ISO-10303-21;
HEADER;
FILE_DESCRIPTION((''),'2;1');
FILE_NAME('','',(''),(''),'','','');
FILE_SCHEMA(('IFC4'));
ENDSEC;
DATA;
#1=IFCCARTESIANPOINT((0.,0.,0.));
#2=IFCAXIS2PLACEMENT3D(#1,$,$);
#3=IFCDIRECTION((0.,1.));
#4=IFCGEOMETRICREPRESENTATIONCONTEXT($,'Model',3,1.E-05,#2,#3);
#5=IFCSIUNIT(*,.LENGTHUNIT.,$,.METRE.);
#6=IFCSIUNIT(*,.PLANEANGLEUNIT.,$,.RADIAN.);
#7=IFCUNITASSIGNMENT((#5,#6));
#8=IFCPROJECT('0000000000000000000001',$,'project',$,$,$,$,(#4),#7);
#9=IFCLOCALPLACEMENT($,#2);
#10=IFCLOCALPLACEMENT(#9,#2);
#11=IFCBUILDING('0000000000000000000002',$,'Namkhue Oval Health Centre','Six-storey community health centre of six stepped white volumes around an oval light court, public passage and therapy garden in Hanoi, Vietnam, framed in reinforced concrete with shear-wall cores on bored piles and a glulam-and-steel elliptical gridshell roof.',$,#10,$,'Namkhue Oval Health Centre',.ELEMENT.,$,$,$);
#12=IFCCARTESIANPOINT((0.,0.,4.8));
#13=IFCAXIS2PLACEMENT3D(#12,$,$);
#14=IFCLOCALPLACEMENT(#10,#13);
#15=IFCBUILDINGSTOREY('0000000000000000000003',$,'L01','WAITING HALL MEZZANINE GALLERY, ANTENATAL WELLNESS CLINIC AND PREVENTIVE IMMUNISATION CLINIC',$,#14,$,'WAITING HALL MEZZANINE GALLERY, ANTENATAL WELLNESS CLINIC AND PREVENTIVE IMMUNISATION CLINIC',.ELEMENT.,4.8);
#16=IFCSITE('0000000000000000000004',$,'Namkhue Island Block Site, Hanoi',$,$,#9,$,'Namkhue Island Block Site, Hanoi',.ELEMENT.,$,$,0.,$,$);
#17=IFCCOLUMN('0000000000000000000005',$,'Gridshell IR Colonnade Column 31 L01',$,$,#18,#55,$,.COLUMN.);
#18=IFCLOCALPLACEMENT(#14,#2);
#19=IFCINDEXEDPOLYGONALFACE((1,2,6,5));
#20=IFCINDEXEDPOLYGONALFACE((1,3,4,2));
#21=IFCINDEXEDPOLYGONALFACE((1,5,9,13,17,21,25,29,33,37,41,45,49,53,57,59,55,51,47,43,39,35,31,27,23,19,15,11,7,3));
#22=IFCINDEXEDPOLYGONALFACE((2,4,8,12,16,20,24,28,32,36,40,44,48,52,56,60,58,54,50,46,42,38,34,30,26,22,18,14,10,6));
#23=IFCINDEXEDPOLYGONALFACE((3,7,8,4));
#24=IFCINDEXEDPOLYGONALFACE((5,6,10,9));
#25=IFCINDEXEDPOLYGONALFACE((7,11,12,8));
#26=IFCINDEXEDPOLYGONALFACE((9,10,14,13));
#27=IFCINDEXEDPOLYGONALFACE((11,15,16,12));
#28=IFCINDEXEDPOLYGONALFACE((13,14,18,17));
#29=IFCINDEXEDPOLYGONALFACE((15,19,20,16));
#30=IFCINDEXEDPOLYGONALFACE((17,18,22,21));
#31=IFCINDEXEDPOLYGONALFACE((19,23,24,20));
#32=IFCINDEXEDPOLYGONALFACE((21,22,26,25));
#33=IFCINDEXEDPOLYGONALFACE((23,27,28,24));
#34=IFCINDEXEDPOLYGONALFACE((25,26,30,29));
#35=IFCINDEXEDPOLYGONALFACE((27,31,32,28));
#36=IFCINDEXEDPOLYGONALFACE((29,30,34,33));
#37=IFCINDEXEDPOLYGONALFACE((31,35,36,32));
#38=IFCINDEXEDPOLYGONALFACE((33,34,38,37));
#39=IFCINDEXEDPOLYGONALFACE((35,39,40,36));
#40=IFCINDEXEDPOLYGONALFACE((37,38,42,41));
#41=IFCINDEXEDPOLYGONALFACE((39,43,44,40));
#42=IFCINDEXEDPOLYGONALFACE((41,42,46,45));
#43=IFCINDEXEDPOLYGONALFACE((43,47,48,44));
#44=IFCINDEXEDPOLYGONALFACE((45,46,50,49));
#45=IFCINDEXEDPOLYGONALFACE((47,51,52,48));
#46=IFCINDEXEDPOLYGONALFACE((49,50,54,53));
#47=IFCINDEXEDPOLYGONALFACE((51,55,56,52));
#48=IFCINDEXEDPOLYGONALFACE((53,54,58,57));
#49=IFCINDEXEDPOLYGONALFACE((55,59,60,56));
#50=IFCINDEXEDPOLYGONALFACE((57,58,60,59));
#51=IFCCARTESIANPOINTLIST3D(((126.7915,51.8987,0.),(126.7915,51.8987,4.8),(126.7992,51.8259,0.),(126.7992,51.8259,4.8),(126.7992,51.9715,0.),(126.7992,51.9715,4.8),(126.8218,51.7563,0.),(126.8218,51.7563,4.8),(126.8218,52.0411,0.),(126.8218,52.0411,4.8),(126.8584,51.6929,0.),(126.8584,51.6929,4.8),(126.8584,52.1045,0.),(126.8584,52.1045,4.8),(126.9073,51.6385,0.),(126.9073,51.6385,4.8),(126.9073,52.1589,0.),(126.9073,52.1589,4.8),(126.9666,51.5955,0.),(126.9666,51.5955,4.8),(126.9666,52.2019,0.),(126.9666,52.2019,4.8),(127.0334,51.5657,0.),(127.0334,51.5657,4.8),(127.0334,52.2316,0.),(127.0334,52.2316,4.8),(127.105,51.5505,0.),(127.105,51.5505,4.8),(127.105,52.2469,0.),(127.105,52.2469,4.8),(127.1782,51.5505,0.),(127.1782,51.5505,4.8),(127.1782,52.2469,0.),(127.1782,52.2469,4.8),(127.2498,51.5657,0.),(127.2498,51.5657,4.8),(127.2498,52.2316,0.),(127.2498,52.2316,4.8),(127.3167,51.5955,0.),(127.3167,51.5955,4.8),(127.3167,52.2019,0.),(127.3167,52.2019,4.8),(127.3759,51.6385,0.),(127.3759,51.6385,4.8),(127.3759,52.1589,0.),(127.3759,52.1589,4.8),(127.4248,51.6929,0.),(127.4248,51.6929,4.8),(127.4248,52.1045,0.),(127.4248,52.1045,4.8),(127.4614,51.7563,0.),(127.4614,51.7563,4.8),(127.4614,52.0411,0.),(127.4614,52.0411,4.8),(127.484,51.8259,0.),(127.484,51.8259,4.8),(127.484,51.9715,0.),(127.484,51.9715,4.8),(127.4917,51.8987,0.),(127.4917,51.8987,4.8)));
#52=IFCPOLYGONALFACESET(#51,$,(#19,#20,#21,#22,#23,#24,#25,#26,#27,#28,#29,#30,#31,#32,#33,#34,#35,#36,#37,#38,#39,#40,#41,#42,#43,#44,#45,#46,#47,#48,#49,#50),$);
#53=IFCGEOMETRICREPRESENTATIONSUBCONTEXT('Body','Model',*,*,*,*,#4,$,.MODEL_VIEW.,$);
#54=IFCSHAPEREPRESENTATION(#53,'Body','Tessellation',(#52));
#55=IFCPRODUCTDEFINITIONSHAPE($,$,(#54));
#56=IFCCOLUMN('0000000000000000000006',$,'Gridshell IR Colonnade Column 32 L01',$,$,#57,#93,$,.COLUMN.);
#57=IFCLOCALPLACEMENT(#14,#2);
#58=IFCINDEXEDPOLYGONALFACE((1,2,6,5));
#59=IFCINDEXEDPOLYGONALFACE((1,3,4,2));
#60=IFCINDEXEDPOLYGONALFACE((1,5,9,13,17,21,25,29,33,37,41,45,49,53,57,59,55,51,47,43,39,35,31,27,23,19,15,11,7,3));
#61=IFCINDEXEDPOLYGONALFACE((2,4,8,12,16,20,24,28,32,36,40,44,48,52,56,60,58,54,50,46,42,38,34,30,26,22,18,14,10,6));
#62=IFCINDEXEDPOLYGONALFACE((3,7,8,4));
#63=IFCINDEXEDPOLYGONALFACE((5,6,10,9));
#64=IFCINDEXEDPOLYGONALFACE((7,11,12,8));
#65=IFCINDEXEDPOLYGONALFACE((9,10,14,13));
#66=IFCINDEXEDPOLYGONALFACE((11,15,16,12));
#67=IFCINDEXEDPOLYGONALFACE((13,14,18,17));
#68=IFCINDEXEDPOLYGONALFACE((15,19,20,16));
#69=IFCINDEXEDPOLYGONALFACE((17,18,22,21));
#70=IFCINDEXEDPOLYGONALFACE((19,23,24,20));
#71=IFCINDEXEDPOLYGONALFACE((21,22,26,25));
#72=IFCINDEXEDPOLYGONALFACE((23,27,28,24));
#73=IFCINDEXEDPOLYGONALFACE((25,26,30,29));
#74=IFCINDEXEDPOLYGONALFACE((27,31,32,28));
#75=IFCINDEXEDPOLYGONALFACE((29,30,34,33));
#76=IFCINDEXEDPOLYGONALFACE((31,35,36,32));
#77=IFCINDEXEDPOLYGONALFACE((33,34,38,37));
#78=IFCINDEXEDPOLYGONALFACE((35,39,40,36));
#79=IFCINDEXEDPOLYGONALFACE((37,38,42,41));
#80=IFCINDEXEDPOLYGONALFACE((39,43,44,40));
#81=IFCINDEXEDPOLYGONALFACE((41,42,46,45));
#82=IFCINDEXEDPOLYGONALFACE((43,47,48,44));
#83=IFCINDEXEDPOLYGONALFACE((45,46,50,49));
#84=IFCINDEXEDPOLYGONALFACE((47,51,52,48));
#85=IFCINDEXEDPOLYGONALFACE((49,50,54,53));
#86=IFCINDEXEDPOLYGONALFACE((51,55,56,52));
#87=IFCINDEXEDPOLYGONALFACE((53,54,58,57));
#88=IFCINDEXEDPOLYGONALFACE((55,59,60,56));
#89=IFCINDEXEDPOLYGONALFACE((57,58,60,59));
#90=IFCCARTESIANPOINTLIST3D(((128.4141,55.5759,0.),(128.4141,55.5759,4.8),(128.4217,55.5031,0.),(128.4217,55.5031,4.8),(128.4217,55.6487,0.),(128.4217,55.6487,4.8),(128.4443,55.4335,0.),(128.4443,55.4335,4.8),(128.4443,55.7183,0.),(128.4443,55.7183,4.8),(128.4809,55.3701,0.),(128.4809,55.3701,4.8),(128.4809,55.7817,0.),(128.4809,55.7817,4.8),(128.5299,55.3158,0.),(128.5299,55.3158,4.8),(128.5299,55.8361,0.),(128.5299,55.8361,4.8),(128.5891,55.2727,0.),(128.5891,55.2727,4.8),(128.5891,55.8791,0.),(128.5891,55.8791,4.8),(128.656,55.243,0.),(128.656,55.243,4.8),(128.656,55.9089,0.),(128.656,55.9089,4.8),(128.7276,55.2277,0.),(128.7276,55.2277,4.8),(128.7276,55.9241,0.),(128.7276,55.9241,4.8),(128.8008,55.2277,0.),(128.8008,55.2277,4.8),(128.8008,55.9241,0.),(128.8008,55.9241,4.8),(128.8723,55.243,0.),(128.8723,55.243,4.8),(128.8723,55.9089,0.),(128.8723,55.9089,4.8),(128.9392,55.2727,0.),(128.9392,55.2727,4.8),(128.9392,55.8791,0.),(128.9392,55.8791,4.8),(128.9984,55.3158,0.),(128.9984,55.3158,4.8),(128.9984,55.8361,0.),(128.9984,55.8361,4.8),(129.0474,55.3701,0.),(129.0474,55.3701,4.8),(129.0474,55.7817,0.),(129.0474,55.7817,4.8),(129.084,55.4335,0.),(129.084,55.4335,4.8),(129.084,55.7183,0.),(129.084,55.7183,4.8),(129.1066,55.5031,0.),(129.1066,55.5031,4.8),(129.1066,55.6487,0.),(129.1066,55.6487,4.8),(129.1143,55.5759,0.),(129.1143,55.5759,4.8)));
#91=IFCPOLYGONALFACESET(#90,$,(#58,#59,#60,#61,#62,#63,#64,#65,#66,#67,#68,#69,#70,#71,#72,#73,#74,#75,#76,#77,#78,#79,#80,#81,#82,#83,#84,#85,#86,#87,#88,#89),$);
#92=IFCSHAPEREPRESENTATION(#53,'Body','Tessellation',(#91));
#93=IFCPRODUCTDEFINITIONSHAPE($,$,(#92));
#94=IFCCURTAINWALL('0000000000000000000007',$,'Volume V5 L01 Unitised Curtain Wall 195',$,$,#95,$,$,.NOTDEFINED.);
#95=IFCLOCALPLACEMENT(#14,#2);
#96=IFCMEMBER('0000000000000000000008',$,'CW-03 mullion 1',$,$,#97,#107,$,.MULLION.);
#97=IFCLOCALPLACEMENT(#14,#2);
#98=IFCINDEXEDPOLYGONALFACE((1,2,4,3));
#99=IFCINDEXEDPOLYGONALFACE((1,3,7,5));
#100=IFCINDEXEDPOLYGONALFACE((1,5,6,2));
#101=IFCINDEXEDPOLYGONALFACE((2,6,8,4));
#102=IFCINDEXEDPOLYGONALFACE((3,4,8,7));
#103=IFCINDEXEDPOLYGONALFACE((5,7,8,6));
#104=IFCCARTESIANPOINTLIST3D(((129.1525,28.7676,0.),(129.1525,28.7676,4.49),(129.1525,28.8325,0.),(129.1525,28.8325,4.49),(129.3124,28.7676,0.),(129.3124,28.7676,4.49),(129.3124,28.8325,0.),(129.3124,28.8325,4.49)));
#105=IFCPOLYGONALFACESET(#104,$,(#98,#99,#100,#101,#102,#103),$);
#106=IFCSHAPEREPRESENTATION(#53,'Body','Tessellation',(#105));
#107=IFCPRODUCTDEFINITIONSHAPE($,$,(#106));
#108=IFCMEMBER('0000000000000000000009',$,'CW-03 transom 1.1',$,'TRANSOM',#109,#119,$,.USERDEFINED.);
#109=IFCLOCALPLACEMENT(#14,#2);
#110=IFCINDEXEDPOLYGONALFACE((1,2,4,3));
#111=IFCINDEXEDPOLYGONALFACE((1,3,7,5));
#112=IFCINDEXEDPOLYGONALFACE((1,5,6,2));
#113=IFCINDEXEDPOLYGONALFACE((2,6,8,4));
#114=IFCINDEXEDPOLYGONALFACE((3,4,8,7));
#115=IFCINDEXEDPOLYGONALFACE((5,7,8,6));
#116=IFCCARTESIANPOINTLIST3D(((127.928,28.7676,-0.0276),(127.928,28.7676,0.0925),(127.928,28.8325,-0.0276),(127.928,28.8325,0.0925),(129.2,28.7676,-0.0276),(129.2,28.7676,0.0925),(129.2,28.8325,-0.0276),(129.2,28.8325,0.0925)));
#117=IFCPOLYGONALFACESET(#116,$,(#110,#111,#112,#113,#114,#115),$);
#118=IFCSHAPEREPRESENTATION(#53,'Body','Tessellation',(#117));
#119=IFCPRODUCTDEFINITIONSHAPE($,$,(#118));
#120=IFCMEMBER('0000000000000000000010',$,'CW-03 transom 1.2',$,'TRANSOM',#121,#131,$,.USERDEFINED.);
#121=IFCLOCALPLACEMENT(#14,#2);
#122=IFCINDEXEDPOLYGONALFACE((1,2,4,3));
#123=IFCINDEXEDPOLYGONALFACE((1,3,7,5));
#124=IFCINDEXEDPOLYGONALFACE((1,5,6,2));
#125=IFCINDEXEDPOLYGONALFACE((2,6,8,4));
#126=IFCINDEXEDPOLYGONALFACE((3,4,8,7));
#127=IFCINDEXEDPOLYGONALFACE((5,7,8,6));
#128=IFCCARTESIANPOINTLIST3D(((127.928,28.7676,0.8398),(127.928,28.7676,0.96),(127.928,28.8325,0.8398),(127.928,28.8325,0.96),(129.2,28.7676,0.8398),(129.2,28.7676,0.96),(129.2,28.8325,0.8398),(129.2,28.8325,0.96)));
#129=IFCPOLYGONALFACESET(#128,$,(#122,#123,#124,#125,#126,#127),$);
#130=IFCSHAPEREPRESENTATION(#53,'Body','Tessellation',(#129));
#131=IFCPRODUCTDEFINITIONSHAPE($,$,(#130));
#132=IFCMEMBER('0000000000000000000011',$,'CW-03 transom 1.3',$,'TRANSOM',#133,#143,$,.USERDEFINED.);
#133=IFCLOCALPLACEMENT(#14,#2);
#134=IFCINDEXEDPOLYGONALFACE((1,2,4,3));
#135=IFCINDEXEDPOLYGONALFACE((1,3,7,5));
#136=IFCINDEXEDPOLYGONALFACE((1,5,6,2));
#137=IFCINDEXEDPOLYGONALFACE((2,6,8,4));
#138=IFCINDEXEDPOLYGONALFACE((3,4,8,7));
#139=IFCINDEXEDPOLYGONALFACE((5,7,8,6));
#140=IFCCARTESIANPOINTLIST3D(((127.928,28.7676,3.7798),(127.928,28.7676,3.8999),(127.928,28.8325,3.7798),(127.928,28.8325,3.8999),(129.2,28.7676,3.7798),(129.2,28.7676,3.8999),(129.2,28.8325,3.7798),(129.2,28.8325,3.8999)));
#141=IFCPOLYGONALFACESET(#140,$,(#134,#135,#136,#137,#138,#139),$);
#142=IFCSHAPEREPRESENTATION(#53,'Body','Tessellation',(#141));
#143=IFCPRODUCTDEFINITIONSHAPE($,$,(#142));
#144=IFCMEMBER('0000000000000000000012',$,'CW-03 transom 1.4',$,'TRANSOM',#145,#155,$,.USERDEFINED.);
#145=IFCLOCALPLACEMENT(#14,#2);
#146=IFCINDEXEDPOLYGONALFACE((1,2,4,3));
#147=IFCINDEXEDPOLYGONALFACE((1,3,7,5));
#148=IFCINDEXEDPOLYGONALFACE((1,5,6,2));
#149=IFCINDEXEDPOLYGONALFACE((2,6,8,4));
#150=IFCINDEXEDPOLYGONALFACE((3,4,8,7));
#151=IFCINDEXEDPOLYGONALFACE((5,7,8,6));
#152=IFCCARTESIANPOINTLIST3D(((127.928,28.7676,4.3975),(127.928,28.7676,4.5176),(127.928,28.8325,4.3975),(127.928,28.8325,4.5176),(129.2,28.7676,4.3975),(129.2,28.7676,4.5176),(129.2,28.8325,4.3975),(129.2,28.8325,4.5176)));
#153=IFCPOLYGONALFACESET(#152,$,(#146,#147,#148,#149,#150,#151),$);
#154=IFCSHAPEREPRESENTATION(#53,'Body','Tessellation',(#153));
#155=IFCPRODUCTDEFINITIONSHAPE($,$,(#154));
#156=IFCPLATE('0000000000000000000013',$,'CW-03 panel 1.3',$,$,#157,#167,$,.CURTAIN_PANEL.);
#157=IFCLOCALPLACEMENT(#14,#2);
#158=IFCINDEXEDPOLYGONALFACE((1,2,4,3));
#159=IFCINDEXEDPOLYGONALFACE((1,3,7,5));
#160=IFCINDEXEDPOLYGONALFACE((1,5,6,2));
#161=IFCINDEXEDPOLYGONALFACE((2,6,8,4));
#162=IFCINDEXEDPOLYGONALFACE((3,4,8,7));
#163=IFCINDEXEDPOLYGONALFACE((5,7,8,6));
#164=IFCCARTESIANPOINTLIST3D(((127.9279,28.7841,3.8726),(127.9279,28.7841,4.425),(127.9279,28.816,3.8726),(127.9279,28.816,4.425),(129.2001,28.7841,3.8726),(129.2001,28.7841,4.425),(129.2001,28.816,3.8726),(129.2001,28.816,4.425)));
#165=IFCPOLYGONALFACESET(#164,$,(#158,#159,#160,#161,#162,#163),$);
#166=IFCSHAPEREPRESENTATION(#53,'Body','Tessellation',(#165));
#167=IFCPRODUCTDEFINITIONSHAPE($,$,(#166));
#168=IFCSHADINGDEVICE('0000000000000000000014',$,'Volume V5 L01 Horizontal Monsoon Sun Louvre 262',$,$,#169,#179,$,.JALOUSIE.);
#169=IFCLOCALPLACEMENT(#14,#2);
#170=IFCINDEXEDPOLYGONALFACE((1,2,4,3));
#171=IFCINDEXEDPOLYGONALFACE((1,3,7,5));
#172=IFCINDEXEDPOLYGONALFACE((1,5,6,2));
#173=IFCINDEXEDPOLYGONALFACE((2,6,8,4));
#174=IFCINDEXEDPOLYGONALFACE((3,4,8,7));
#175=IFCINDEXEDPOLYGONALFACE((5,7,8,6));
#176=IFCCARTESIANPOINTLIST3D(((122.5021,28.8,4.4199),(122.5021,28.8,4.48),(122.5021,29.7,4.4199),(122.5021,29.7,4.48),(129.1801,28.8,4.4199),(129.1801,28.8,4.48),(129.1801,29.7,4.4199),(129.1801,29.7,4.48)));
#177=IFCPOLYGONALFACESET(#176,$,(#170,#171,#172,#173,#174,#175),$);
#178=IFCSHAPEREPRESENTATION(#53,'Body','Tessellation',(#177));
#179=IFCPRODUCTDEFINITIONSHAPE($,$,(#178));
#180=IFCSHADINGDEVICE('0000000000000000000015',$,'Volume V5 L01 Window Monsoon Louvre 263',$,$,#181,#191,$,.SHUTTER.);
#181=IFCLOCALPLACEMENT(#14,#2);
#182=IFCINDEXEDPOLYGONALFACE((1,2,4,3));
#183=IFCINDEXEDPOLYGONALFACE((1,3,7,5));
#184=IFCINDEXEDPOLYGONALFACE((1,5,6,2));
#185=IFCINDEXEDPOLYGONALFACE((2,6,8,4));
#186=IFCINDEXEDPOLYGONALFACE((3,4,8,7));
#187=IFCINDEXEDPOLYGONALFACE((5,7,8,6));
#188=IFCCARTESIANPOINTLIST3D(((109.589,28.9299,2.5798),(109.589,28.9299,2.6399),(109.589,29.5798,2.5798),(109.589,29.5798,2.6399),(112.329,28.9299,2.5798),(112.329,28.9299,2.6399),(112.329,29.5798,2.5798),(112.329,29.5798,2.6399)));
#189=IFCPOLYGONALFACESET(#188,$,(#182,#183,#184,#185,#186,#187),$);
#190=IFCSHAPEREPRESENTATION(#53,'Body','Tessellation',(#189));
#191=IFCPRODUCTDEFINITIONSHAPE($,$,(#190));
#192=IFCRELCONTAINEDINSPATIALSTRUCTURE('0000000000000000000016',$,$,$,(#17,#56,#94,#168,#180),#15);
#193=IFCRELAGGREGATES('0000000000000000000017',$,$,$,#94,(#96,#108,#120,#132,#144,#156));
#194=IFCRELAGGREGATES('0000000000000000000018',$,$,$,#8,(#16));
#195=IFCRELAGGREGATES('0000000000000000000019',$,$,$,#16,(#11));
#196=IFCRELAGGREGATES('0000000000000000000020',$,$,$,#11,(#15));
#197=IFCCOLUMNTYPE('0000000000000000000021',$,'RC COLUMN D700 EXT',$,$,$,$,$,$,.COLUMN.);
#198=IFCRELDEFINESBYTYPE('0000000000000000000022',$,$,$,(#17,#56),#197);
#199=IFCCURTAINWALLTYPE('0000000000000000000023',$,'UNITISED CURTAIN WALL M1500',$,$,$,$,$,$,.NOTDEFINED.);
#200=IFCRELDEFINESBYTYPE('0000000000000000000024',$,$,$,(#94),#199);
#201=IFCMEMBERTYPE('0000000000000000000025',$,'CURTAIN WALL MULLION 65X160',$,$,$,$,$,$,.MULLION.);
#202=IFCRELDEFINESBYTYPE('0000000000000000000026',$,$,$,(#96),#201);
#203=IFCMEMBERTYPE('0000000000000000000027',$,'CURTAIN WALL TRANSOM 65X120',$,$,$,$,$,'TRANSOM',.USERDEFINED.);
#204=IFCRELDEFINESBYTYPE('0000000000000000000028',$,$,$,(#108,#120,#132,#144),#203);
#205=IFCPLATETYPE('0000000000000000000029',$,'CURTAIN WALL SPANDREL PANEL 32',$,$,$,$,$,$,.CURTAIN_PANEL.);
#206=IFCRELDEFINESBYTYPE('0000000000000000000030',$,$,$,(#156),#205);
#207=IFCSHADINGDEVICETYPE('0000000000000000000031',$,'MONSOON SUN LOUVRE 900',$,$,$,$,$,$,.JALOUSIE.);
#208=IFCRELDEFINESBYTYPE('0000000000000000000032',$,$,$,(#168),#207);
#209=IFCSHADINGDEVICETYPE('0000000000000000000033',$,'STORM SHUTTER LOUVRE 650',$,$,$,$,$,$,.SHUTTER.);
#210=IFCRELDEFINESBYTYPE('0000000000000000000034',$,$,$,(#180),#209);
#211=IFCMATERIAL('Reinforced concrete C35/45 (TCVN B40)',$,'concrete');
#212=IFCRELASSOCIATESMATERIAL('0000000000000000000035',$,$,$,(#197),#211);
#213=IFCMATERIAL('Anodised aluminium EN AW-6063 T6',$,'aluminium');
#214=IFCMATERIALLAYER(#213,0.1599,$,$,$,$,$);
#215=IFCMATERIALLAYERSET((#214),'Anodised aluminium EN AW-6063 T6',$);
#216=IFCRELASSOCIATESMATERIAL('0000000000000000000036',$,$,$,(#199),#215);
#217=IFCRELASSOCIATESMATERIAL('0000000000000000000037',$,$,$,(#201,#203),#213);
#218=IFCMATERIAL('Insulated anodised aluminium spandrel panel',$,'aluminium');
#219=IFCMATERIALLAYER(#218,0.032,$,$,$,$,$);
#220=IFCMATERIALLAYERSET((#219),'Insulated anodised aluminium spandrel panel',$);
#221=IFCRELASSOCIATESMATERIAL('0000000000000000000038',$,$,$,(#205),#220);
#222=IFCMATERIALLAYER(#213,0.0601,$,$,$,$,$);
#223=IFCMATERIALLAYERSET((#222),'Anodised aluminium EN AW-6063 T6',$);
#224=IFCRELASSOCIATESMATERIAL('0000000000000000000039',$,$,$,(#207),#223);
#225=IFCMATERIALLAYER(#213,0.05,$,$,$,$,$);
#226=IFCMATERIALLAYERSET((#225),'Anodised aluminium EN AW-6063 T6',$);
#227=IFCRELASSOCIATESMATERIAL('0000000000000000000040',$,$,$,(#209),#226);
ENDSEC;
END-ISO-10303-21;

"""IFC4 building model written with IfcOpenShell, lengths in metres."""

from ifc_helpers import new_model, si_unit, direction, frame, origin, origin_2d, place, context, subcontext, project, spatial, rectangle, circle, extrude, material, layer, layer_set, material_profile, profile_set, type_object, element, aggregate, save


model = new_model("IFC4")

# Units and contexts
model_context = context("Model", 3, precision=1e-05, world=origin(), true_north=direction((0.0, 1.0)))
body_context = subcontext(model_context, "Body", "Model", "MODEL_VIEW")
ifc_project = project(units=[si_unit("LENGTHUNIT", "METRE"), si_unit("PLANEANGLEUNIT", "RADIAN")], contexts=[model_context])

# Site, building, storey
site_placement = place(None, origin())
site = spatial("IfcSite", under=ifc_project, at=site_placement, Name="Namkhue Island Block Site, Hanoi", LongName="Namkhue Island Block Site, Hanoi", CompositionType="ELEMENT", RefElevation=0.0)
building_placement = place(site_placement, origin())
building = spatial("IfcBuilding", under=site, at=building_placement, Name="Namkhue Oval Health Centre", Description="Six-storey community health centre of six stepped white volumes around an oval light court, public passage and therapy garden in Hanoi, Vietnam, framed in reinforced concrete with shear-wall cores on bored piles and a glulam-and-steel elliptical gridshell roof.", LongName="Namkhue Oval Health Centre", CompositionType="ELEMENT")
storey_placement = place(building_placement, frame((0.0, 0.0, 4.8)))
storey = spatial("IfcBuildingStorey", under=building, at=storey_placement, Name="L01", Description="WAITING HALL MEZZANINE GALLERY, ANTENATAL WELLNESS CLINIC AND PREVENTIVE IMMUNISATION CLINIC", LongName="WAITING HALL MEZZANINE GALLERY, ANTENATAL WELLNESS CLINIC AND PREVENTIVE IMMUNISATION CLINIC", CompositionType="ELEMENT", Elevation=4.8)

# Columns
ifc_material_1 = material(Name="Reinforced concrete C35/45 (TCVN B40)", Category="concrete")
ifc_material_profile_1 = material_profile(ifc_material_1, circle(Radius=0.3501, at=origin_2d()), Name="RC D700")
ifc_profile_set_1 = profile_set([ifc_material_profile_1], Name="Reinforced concrete C35/45 (TCVN B40)")
column_type = type_object("IfcColumnType", Name="RC COLUMN D700 EXT", PredefinedType="COLUMN", material=ifc_profile_set_1)
for number, where, z_axis, x_axis, name in (
    (1, (127.1416, 51.8987, 0.0), (0.0, 0.0, 1.0), (1.0, 0.0, 0.0), "Gridshell IR Colonnade Column 31 L01"),
    (2, (128.7642, 55.5759, 0.0), (0.0, 0.0, 1.0), (1.0, 0.0, 0.0), "Gridshell IR Colonnade Column 32 L01"),
):
    element("IfcColumn", number, at=place(storey_placement, frame(where, z_axis=z_axis, x_axis=x_axis)), inside=storey, type_object=column_type, Name=name, PredefinedType="COLUMN", context=body_context, shape_type="SweptSolid", body=[
        extrude(circle(Radius=0.3501, at=origin_2d()), origin(), (0.0, 0.0, 1.0), 4.8),
    ])

# Curtain wall, members, plate
ifc_material_2 = material(Name="Anodised aluminium EN AW-6063 T6", Category="aluminium")
ifc_layer_1 = layer(ifc_material_2, 0.1599)
ifc_layer_set_1 = layer_set([ifc_layer_1], Name="Anodised aluminium EN AW-6063 T6")
curtain_wall_type = type_object("IfcCurtainWallType", Name="UNITISED CURTAIN WALL M1500", PredefinedType="NOTDEFINED", material=ifc_layer_set_1)
curtain_wall_placement = place(storey_placement, origin())
curtain_wall = element("IfcCurtainWall", 3, at=curtain_wall_placement, inside=storey, type_object=curtain_wall_type, Name="Volume V5 L01 Unitised Curtain Wall 195", PredefinedType="NOTDEFINED")
ifc_material_profile_2 = material_profile(ifc_material_2, rectangle(XDim=0.0649, YDim=0.1599, at=origin_2d()), Name="ALU 65x160")
ifc_profile_set_2 = profile_set([ifc_material_profile_2], Name="Anodised aluminium EN AW-6063 T6")
member_type_1 = type_object("IfcMemberType", Name="CURTAIN WALL MULLION 65X160", PredefinedType="MULLION", material=ifc_profile_set_2)
member_1_placement = place(storey_placement, frame((129.2324, 28.8, 0.0), z_axis=(0.0, 0.0, 1.0), x_axis=(0.0, -1.0, 0.0)))
member_1 = element("IfcMember", 4, at=member_1_placement, type_object=member_type_1, Name="CW-03 mullion 1", PredefinedType="MULLION", context=body_context, shape_type="SweptSolid", body=[
    extrude(rectangle(XDim=0.0649, YDim=0.1599, at=origin_2d()), origin(), (0.0, 0.0, 1.0), 4.49),
])
ifc_material_profile_3 = material_profile(ifc_material_2, rectangle(XDim=0.0649, YDim=0.1201, at=origin_2d()), Name="ALU 65x120")
ifc_profile_set_3 = profile_set([ifc_material_profile_3], Name="Anodised aluminium EN AW-6063 T6")
member_type_2 = type_object("IfcMemberType", Name="CURTAIN WALL TRANSOM 65X120", ElementType="TRANSOM", PredefinedType="USERDEFINED", material=ifc_profile_set_3)
member_2_placement = place(storey_placement, frame((129.2, 28.8, 0.0325), z_axis=(-1.0, 0.0, 0.0), x_axis=(0.0, -1.0, 0.0)))
member_2 = element("IfcMember", 5, at=member_2_placement, type_object=member_type_2, Name="CW-03 transom 1.1", ObjectType="TRANSOM", PredefinedType="USERDEFINED", context=body_context, shape_type="SweptSolid", body=[
    extrude(rectangle(XDim=0.0649, YDim=0.1201, at=origin_2d()), origin(), (0.0, 0.0, 1.0), 1.272),
])
member_3_placement = place(storey_placement, frame((129.2, 28.8, 0.8999), z_axis=(-1.0, 0.0, 0.0), x_axis=(0.0, -1.0, 0.0)))
member_3 = element("IfcMember", 6, at=member_3_placement, type_object=member_type_2, Name="CW-03 transom 1.2", ObjectType="TRANSOM", PredefinedType="USERDEFINED", context=body_context, shape_type="SweptSolid", body=[
    extrude(rectangle(XDim=0.0649, YDim=0.1201, at=origin_2d()), origin(), (0.0, 0.0, 1.0), 1.272),
])
member_4_placement = place(storey_placement, frame((129.2, 28.8, 3.8398), z_axis=(-1.0, 0.0, 0.0), x_axis=(0.0, -1.0, 0.0)))
member_4 = element("IfcMember", 7, at=member_4_placement, type_object=member_type_2, Name="CW-03 transom 1.3", ObjectType="TRANSOM", PredefinedType="USERDEFINED", context=body_context, shape_type="SweptSolid", body=[
    extrude(rectangle(XDim=0.0649, YDim=0.1201, at=origin_2d()), origin(), (0.0, 0.0, 1.0), 1.272),
])
member_5_placement = place(storey_placement, frame((129.2, 28.8, 4.4575), z_axis=(-1.0, 0.0, 0.0), x_axis=(0.0, -1.0, 0.0)))
member_5 = element("IfcMember", 8, at=member_5_placement, type_object=member_type_2, Name="CW-03 transom 1.4", ObjectType="TRANSOM", PredefinedType="USERDEFINED", context=body_context, shape_type="SweptSolid", body=[
    extrude(rectangle(XDim=0.0649, YDim=0.1201, at=origin_2d()), origin(), (0.0, 0.0, 1.0), 1.272),
])
ifc_material_3 = material(Name="Insulated anodised aluminium spandrel panel", Category="aluminium")
ifc_layer_2 = layer(ifc_material_3, 0.032)
ifc_layer_set_2 = layer_set([ifc_layer_2], Name="Insulated anodised aluminium spandrel panel")
plate_type = type_object("IfcPlateType", Name="CURTAIN WALL SPANDREL PANEL 32", PredefinedType="CURTAIN_PANEL", material=ifc_layer_set_2)
plate_placement = place(storey_placement, frame((128.564, 28.8, 3.8726), z_axis=(0.0, 0.0, 1.0), x_axis=(-1.0, 0.0, 0.0)))
plate = element("IfcPlate", 9, at=plate_placement, type_object=plate_type, Name="CW-03 panel 1.3", PredefinedType="CURTAIN_PANEL", context=body_context, shape_type="SweptSolid", body=[
    extrude(rectangle(XDim=1.2722, YDim=0.032, at=origin_2d()), origin(), (0.0, 0.0, 1.0), 0.5525),
])
aggregate(curtain_wall, [member_1, member_2, member_3, member_4, member_5, plate])

# Shading devices
ifc_layer_3 = layer(ifc_material_2, 0.0601)
ifc_layer_set_3 = layer_set([ifc_layer_3], Name="Anodised aluminium EN AW-6063 T6")
shading_device_type_1 = type_object("IfcShadingDeviceType", Name="MONSOON SUN LOUVRE 900", PredefinedType="JALOUSIE", material=ifc_layer_set_3)
shading_device_1_placement = place(storey_placement, frame((125.8411, 29.25, 4.4199), z_axis=(0.0, 0.0, 1.0), x_axis=(-1.0, 0.0, 0.0)))
element("IfcShadingDevice", 10, at=shading_device_1_placement, inside=storey, type_object=shading_device_type_1, Name="Volume V5 L01 Horizontal Monsoon Sun Louvre 262", PredefinedType="JALOUSIE", context=body_context, shape_type="SweptSolid", body=[
    extrude(rectangle(XDim=6.678, YDim=0.8999, at=origin_2d()), origin(), (0.0, 0.0, 1.0), 0.0601),
])
ifc_layer_4 = layer(ifc_material_2, 0.05)
ifc_layer_set_4 = layer_set([ifc_layer_4], Name="Anodised aluminium EN AW-6063 T6")
shading_device_type_2 = type_object("IfcShadingDeviceType", Name="STORM SHUTTER LOUVRE 650", PredefinedType="SHUTTER", material=ifc_layer_set_4)
shading_device_2_placement = place(storey_placement, frame((110.959, 29.2549, 2.5798), z_axis=(0.0, 0.0, 1.0), x_axis=(-1.0, 0.0, 0.0)))
element("IfcShadingDevice", 11, at=shading_device_2_placement, inside=storey, type_object=shading_device_type_2, Name="Volume V5 L01 Window Monsoon Louvre 263", PredefinedType="SHUTTER", context=body_context, shape_type="SweptSolid", body=[
    extrude(rectangle(XDim=2.74, YDim=0.6499, at=origin_2d()), origin(), (0.0, 0.0, 1.0), 0.0601),
])

save(model, "model.ifc")
